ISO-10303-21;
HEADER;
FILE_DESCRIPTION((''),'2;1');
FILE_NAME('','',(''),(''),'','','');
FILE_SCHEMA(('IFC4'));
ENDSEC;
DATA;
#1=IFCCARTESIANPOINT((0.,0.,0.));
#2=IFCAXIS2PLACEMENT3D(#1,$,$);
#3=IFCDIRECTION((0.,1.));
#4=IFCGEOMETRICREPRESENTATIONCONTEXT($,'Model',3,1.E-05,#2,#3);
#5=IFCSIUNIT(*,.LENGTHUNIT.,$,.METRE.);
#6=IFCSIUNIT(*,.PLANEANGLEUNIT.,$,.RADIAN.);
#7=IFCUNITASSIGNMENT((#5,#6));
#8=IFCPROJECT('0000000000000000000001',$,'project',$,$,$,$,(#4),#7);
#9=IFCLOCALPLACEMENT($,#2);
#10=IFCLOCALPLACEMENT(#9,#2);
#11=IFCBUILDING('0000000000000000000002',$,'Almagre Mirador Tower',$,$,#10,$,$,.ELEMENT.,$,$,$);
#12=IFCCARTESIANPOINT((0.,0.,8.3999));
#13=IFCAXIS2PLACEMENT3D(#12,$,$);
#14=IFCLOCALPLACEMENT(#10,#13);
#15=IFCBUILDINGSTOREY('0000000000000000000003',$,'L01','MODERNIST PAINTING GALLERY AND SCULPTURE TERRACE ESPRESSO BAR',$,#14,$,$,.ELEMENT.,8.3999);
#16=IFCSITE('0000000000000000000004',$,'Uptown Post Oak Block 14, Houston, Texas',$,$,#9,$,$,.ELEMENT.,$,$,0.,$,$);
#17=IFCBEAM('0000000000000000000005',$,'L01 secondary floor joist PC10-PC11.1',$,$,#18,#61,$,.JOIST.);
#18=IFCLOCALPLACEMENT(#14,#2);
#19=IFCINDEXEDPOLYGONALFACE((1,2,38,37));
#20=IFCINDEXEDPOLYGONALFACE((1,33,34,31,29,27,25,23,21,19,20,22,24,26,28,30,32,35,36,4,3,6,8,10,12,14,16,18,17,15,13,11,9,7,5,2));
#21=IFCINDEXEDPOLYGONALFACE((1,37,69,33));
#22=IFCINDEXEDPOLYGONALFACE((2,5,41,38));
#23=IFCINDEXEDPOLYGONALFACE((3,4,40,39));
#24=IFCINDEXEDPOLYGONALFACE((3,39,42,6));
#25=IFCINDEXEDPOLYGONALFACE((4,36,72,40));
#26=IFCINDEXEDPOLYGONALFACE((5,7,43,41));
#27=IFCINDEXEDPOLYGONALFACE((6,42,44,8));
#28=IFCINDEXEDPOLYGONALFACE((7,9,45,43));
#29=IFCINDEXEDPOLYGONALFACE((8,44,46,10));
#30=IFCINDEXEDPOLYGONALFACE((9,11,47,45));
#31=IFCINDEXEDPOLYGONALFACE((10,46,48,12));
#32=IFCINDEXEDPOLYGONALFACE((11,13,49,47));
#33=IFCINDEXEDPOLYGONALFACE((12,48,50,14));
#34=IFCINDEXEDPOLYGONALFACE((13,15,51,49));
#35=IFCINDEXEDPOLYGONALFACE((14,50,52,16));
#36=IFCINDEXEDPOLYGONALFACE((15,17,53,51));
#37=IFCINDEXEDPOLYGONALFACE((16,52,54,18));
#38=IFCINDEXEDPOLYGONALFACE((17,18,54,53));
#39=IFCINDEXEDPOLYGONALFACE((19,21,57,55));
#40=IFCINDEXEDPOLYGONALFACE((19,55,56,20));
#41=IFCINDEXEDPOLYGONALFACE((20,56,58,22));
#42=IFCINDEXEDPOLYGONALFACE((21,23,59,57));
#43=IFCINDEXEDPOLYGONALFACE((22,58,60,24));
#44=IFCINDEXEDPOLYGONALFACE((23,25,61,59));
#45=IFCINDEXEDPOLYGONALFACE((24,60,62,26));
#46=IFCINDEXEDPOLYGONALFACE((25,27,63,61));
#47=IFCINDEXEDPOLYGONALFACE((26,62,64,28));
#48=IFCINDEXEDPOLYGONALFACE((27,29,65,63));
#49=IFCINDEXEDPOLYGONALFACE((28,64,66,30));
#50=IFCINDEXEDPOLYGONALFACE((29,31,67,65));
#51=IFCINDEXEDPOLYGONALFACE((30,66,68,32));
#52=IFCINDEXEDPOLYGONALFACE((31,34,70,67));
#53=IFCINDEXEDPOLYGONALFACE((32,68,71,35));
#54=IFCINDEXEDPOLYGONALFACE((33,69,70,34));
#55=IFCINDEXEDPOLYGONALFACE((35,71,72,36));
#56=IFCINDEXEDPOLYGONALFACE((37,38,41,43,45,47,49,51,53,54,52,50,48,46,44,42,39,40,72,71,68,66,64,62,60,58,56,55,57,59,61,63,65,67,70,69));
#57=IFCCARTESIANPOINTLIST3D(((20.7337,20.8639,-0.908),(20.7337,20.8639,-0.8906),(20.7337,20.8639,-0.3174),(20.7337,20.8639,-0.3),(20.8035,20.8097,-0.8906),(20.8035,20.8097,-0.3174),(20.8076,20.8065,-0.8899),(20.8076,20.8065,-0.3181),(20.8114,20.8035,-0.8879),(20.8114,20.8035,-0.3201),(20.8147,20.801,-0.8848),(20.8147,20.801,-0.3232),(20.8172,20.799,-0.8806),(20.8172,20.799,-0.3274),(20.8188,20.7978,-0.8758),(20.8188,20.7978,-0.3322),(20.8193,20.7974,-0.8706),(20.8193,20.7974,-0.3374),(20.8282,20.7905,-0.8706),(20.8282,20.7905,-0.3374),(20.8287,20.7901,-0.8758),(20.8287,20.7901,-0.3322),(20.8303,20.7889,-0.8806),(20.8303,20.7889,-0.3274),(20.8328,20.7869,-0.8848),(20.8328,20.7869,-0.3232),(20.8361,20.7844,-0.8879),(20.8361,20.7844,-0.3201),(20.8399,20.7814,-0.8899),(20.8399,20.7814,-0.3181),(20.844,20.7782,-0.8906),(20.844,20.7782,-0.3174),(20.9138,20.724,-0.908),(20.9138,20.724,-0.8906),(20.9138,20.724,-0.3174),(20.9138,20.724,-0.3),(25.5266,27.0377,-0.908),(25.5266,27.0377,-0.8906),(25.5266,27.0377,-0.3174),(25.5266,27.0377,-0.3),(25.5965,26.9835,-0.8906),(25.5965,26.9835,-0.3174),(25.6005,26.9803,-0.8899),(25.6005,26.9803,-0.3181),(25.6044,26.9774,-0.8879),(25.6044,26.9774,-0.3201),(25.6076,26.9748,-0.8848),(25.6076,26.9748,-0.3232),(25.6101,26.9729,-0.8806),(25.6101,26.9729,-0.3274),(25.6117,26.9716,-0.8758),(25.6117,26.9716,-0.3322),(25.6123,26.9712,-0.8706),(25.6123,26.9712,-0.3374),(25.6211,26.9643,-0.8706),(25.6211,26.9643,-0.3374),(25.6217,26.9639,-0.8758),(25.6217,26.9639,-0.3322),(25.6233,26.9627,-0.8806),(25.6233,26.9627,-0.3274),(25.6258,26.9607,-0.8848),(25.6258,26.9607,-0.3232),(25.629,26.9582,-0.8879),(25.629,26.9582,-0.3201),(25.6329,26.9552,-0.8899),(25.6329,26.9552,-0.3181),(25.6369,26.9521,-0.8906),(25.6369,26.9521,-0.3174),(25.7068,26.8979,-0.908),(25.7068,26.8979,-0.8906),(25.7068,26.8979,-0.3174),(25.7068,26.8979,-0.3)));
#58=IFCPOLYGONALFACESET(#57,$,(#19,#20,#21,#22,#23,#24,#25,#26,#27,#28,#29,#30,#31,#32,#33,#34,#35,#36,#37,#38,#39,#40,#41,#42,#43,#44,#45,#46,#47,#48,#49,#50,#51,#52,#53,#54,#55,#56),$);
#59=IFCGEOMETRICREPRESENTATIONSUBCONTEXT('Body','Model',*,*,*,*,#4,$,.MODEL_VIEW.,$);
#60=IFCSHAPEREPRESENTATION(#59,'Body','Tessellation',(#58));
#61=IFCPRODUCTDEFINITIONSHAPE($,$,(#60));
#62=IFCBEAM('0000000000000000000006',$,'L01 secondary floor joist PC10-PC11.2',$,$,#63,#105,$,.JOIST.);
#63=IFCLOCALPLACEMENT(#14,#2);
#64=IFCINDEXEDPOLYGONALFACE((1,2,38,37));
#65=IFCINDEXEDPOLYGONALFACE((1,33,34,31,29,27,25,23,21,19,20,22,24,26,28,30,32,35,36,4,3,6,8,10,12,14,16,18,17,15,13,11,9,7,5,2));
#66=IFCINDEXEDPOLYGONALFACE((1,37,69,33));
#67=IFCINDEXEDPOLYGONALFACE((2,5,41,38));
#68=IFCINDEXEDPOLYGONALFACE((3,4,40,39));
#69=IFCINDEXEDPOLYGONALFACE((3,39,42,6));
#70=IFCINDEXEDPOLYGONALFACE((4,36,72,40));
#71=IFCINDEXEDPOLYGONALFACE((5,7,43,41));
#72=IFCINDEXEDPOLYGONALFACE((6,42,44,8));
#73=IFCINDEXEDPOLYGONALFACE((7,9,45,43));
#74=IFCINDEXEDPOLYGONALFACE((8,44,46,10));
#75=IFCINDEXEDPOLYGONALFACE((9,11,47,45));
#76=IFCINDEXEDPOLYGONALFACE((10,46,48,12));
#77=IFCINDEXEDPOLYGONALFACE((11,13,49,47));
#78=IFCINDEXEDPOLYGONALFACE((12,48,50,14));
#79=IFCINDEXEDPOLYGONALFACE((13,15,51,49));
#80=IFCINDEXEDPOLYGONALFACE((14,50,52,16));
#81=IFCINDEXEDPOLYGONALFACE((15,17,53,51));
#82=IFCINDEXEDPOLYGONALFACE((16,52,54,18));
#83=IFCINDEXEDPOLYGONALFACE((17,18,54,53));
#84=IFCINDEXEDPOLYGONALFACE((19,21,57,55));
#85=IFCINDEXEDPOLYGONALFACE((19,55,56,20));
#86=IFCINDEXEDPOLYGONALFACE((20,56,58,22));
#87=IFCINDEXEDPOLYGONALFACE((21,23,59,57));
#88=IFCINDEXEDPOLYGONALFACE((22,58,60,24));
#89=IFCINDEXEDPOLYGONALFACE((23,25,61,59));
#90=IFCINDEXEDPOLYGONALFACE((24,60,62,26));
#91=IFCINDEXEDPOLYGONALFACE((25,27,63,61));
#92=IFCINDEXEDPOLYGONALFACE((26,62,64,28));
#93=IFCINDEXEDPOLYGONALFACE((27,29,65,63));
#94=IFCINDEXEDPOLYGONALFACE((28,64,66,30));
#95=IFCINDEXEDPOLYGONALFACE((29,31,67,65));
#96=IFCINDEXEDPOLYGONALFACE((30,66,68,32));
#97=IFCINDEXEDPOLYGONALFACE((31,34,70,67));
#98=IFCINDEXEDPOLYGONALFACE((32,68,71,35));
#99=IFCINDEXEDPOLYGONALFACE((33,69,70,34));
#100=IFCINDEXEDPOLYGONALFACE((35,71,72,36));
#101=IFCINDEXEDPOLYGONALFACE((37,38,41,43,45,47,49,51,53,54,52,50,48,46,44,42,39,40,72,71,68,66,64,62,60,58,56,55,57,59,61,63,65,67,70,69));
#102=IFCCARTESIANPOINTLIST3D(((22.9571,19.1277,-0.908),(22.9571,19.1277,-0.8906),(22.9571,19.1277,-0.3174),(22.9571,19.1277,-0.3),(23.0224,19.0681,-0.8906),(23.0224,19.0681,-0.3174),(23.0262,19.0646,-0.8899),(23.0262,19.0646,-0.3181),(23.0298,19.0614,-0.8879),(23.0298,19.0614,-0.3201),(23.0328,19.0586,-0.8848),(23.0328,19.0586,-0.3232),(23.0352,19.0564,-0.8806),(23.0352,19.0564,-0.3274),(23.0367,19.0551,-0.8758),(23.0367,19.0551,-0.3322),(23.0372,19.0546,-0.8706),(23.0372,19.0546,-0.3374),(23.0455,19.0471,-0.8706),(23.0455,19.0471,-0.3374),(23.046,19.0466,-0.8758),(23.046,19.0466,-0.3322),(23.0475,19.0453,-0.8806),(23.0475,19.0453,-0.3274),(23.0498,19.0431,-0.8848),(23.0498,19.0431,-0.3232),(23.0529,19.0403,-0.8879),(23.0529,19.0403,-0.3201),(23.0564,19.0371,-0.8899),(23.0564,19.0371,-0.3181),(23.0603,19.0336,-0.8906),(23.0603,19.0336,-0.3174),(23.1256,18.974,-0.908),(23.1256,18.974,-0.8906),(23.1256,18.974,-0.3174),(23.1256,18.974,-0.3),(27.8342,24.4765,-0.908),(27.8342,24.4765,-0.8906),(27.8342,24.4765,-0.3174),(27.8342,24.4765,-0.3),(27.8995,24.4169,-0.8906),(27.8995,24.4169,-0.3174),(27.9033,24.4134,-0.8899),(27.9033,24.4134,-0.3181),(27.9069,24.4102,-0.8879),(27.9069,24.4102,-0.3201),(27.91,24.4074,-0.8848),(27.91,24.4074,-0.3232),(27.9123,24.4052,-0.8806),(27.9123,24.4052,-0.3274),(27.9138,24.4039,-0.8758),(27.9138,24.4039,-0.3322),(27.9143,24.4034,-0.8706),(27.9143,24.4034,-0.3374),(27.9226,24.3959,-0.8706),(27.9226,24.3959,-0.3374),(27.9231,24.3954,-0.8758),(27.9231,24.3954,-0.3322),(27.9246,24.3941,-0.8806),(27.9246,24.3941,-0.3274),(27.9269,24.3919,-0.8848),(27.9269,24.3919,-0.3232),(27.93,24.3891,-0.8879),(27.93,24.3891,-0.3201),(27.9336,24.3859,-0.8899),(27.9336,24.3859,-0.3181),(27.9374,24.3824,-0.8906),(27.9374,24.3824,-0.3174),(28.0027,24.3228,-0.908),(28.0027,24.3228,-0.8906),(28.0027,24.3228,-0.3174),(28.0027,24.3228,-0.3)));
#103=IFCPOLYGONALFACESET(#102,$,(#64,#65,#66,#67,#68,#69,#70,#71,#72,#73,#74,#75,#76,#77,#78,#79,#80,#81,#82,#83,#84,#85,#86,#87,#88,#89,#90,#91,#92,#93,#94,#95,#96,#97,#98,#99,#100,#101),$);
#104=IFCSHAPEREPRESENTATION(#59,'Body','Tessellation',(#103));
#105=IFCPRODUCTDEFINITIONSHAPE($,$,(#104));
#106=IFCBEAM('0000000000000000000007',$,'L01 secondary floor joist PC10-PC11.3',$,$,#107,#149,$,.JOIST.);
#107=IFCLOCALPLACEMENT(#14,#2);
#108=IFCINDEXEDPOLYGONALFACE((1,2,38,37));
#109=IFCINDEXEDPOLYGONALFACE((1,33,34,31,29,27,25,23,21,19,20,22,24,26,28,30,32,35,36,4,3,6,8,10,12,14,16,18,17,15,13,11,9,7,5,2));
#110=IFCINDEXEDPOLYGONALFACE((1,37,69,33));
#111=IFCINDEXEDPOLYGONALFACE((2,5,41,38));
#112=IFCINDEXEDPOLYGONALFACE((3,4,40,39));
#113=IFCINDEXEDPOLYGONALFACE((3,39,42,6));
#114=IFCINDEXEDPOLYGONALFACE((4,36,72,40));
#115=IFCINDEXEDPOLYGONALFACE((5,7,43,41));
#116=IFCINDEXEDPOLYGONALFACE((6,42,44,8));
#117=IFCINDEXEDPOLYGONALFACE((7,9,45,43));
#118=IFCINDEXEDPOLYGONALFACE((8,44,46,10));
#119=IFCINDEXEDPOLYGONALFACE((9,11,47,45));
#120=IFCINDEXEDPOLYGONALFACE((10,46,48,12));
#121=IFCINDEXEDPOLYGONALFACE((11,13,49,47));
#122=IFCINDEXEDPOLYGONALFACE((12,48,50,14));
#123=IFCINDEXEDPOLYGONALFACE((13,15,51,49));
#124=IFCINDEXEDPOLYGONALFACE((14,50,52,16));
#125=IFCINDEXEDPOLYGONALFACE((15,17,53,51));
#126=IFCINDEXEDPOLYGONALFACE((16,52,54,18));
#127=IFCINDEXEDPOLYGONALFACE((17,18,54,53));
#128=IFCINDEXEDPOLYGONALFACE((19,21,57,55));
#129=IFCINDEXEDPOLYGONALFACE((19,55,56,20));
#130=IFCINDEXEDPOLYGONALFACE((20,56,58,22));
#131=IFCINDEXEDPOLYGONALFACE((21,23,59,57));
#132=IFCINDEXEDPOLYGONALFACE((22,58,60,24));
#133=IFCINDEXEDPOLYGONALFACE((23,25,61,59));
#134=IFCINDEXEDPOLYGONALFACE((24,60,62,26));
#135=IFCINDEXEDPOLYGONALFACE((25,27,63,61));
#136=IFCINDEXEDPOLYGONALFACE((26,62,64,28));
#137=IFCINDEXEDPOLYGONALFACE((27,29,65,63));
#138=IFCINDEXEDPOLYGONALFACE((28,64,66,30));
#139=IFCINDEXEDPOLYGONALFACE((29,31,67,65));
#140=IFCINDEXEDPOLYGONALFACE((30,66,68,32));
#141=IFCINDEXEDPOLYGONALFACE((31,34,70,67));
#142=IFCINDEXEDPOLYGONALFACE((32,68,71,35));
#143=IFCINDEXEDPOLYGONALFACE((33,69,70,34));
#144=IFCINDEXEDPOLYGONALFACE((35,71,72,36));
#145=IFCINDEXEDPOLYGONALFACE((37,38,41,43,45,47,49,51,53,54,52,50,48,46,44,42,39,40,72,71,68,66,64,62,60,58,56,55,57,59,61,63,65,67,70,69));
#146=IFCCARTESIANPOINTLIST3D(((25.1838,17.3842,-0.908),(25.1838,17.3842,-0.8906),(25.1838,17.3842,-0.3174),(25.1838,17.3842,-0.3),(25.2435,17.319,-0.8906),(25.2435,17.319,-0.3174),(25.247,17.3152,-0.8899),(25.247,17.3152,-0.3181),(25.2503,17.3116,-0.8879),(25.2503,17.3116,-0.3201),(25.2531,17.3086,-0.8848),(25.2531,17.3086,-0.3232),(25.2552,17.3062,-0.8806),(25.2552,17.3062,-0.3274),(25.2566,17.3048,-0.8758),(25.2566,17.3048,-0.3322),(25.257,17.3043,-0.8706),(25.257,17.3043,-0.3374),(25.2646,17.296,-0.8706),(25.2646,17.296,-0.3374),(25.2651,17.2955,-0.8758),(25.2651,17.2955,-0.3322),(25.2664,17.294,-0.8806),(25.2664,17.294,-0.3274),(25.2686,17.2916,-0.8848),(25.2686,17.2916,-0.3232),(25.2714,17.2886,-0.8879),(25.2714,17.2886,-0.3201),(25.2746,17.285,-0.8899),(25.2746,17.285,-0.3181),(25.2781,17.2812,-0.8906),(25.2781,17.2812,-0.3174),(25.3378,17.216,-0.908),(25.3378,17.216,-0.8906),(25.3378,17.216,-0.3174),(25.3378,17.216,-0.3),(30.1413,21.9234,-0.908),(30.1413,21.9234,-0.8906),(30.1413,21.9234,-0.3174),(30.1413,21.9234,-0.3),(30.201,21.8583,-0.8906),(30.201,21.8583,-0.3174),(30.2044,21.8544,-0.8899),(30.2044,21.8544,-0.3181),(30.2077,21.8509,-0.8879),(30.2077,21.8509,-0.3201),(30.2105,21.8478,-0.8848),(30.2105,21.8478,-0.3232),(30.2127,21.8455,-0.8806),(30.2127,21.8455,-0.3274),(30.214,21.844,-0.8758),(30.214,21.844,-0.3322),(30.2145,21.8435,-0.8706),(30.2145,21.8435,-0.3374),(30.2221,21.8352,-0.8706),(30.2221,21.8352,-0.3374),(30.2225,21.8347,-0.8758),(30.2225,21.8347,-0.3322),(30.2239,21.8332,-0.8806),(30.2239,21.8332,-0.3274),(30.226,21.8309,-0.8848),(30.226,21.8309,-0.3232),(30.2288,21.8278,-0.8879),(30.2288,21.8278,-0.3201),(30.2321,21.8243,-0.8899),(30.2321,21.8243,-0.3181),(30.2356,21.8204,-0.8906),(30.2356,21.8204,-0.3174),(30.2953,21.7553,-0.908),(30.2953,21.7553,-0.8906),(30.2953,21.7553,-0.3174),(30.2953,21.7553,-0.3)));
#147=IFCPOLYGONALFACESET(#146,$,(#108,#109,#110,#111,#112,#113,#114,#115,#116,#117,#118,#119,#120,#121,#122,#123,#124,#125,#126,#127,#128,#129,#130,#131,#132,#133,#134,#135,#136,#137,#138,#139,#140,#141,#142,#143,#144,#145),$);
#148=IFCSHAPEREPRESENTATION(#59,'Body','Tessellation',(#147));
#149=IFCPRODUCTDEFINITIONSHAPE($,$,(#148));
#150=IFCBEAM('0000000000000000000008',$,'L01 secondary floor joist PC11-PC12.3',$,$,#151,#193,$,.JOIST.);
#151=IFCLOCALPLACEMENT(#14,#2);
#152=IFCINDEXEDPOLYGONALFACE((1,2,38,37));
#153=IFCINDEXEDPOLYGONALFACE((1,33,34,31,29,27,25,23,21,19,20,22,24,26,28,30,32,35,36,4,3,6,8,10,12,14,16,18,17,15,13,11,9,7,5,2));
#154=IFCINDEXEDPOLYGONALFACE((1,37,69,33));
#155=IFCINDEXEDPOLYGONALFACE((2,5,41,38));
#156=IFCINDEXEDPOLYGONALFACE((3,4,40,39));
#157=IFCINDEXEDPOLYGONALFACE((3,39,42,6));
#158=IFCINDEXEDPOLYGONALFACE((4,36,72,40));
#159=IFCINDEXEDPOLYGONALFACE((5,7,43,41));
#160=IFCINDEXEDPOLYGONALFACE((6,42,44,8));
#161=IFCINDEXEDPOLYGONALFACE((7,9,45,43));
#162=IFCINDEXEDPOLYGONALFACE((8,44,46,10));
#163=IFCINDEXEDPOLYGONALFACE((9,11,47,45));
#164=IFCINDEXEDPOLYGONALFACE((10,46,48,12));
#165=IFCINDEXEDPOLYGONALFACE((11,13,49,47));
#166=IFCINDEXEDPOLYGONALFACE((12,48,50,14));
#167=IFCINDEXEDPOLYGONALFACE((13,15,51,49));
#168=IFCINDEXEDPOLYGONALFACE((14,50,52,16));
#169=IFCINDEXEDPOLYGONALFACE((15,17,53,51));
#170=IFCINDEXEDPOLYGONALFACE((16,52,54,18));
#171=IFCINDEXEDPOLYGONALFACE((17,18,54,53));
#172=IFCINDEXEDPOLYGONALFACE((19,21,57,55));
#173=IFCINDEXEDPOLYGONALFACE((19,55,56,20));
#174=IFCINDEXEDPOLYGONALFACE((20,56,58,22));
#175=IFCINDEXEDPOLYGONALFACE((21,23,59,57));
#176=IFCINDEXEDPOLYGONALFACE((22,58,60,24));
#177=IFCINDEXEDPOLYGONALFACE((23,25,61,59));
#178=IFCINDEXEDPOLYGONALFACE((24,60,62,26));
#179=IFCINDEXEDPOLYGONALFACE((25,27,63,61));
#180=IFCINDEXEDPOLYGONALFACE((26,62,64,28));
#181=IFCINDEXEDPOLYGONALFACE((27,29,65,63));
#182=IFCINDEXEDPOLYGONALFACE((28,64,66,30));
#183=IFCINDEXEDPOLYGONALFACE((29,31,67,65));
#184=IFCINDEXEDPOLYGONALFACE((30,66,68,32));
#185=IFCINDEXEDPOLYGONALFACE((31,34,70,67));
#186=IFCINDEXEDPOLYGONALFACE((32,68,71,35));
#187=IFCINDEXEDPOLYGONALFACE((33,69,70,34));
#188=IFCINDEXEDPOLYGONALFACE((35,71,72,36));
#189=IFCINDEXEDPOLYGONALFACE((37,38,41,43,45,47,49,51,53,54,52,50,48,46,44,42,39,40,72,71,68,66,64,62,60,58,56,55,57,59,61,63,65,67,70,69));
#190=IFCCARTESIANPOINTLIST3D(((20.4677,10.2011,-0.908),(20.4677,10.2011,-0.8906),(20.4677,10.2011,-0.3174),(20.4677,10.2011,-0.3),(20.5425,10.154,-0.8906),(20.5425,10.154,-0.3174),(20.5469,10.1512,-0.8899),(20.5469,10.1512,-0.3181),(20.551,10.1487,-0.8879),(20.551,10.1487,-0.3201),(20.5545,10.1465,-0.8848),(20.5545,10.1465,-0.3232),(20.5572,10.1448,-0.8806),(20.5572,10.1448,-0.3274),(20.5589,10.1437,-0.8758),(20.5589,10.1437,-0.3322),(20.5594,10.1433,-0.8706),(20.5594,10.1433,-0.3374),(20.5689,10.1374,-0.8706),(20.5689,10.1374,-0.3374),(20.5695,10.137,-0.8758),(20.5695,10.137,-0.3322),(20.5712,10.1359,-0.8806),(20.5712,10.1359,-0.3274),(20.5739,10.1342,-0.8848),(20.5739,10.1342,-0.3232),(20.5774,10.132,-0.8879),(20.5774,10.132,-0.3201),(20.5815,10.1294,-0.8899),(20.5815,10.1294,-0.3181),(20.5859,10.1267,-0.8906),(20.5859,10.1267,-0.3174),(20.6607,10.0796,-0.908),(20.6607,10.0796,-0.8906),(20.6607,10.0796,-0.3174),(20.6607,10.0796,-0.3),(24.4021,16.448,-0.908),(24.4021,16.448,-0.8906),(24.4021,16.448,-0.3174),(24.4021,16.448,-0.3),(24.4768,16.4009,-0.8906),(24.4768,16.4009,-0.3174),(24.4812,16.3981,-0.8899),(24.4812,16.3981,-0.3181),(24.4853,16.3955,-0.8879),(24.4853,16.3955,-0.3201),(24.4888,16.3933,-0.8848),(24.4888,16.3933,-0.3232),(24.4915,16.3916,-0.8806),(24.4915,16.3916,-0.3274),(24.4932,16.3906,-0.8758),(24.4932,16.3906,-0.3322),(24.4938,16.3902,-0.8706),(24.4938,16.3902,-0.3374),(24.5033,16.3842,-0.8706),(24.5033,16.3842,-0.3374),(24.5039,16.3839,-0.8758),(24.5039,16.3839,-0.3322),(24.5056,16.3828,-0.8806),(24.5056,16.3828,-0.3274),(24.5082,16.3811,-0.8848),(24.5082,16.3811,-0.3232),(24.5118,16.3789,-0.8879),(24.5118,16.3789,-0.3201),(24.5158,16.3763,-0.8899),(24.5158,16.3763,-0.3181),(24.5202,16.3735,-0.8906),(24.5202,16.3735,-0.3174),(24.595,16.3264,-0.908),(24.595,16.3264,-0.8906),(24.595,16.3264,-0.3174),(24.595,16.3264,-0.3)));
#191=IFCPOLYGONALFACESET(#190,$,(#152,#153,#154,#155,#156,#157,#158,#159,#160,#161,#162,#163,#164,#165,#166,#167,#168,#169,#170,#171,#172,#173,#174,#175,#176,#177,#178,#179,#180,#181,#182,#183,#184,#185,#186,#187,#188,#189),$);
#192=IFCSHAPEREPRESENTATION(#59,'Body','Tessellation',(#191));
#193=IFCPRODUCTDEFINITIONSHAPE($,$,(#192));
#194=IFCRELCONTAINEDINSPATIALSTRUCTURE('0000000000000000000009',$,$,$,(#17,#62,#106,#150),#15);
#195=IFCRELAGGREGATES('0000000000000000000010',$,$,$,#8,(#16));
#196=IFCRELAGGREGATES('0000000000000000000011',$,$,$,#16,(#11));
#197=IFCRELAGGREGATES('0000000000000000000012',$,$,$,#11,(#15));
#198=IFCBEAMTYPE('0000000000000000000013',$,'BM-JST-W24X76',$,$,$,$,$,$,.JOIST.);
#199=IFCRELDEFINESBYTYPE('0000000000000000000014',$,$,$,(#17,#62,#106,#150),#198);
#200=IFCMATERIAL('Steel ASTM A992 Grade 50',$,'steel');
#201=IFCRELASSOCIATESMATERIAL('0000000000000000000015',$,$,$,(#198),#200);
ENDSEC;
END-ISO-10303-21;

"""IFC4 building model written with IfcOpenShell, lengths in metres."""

from ifc_helpers import new_model, si_unit, direction, frame, origin, origin_2d, place, context, subcontext, project, spatial, i_section, extrude, material, material_profile, profile_set, type_object, element, save


model = new_model("IFC4")

# Units and contexts
model_context = context("Model", 3, precision=1e-05, world=origin(), true_north=direction((0.0, 1.0)))
body_context = subcontext(model_context, "Body", "Model", "MODEL_VIEW")
ifc_project = project(units=[si_unit("LENGTHUNIT", "METRE"), si_unit("PLANEANGLEUNIT", "RADIAN")], contexts=[model_context])

# Site, building, storey
site_placement = place(None, origin())
site = spatial("IfcSite", under=ifc_project, at=site_placement, Name="Uptown Post Oak Block 14, Houston, Texas", CompositionType="ELEMENT", RefElevation=0.0)
building_placement = place(site_placement, origin())
building = spatial("IfcBuilding", under=site, at=building_placement, Name="Almagre Mirador Tower", CompositionType="ELEMENT")
storey_placement = place(building_placement, frame((0.0, 0.0, 8.3999)))
storey = spatial("IfcBuildingStorey", under=building, at=storey_placement, Name="L01", Description="MODERNIST PAINTING GALLERY AND SCULPTURE TERRACE ESPRESSO BAR", CompositionType="ELEMENT", Elevation=8.3999)

# Beams
ifc_material_1 = material(Name="Steel ASTM A992 Grade 50", Category="steel")
ifc_material_profile_1 = material_profile(ifc_material_1, i_section(OverallWidth=0.228, OverallDepth=0.6079, WebThickness=0.0112, FlangeThickness=0.0173, FilletRadius=0.02, at=origin_2d()), Name="W24X76")
ifc_profile_set_1 = profile_set([ifc_material_profile_1], Name="Steel ASTM A992 Grade 50")
beam_type_1 = type_object("IfcBeamType", Name="BM-JST-W24X76", PredefinedType="JOIST", material=ifc_profile_set_1)
beam_1_placement = place(storey_placement, frame((25.6167, 26.9678, -0.604), z_axis=(-0.613231, -0.789904, 0.0), x_axis=(0.789904, -0.613231, 0.0)))
element("IfcBeam", 1, at=beam_1_placement, inside=storey, type_object=beam_type_1, Name="L01 secondary floor joist PC10-PC11.1", PredefinedType="JOIST", context=body_context, shape_type="SweptSolid", body=[
    extrude(i_section(OverallWidth=0.228, OverallDepth=0.6079, WebThickness=0.0112, FlangeThickness=0.0173, FilletRadius=0.02, at=origin_2d()), origin(), (0.0, 0.0, 1.0), 7.8159),
])
beam_2_placement = place(storey_placement, frame((27.9185, 24.3997, -0.604), z_axis=(-0.673775, -0.738937, 0.0), x_axis=(0.738937, -0.673775, 0.0)))
element("IfcBeam", 2, at=beam_2_placement, inside=storey, type_object=beam_type_1, Name="L01 secondary floor joist PC10-PC11.2", PredefinedType="JOIST", context=body_context, shape_type="SweptSolid", body=[
    extrude(i_section(OverallWidth=0.228, OverallDepth=0.6079, WebThickness=0.0112, FlangeThickness=0.0173, FilletRadius=0.02, at=origin_2d()), origin(), (0.0, 0.0, 1.0), 7.2385),
])
beam_3_placement = place(storey_placement, frame((30.2183, 21.8394, -0.604), z_axis=(-0.737531, -0.675313, 0.0), x_axis=(0.675313, -0.737531, 0.0)))
element("IfcBeam", 3, at=beam_3_placement, inside=storey, type_object=beam_type_1, Name="L01 secondary floor joist PC10-PC11.3", PredefinedType="JOIST", context=body_context, shape_type="SweptSolid", body=[
    extrude(i_section(OverallWidth=0.228, OverallDepth=0.6079, WebThickness=0.0112, FlangeThickness=0.0173, FilletRadius=0.02, at=origin_2d()), origin(), (0.0, 0.0, 1.0), 6.7217),
])
beam_4_placement = place(storey_placement, frame((24.4985, 16.3872, -0.604), z_axis=(-0.532924, -0.846163, 0.0), x_axis=(0.846163, -0.532924, 0.0)))
element("IfcBeam", 4, at=beam_4_placement, inside=storey, type_object=beam_type_1, Name="L01 secondary floor joist PC11-PC12.3", PredefinedType="JOIST", context=body_context, shape_type="SweptSolid", body=[
    extrude(i_section(OverallWidth=0.228, OverallDepth=0.6079, WebThickness=0.0112, FlangeThickness=0.0173, FilletRadius=0.02, at=origin_2d()), origin(), (0.0, 0.0, 1.0), 7.3826),
])

save(model, "model.ifc")
